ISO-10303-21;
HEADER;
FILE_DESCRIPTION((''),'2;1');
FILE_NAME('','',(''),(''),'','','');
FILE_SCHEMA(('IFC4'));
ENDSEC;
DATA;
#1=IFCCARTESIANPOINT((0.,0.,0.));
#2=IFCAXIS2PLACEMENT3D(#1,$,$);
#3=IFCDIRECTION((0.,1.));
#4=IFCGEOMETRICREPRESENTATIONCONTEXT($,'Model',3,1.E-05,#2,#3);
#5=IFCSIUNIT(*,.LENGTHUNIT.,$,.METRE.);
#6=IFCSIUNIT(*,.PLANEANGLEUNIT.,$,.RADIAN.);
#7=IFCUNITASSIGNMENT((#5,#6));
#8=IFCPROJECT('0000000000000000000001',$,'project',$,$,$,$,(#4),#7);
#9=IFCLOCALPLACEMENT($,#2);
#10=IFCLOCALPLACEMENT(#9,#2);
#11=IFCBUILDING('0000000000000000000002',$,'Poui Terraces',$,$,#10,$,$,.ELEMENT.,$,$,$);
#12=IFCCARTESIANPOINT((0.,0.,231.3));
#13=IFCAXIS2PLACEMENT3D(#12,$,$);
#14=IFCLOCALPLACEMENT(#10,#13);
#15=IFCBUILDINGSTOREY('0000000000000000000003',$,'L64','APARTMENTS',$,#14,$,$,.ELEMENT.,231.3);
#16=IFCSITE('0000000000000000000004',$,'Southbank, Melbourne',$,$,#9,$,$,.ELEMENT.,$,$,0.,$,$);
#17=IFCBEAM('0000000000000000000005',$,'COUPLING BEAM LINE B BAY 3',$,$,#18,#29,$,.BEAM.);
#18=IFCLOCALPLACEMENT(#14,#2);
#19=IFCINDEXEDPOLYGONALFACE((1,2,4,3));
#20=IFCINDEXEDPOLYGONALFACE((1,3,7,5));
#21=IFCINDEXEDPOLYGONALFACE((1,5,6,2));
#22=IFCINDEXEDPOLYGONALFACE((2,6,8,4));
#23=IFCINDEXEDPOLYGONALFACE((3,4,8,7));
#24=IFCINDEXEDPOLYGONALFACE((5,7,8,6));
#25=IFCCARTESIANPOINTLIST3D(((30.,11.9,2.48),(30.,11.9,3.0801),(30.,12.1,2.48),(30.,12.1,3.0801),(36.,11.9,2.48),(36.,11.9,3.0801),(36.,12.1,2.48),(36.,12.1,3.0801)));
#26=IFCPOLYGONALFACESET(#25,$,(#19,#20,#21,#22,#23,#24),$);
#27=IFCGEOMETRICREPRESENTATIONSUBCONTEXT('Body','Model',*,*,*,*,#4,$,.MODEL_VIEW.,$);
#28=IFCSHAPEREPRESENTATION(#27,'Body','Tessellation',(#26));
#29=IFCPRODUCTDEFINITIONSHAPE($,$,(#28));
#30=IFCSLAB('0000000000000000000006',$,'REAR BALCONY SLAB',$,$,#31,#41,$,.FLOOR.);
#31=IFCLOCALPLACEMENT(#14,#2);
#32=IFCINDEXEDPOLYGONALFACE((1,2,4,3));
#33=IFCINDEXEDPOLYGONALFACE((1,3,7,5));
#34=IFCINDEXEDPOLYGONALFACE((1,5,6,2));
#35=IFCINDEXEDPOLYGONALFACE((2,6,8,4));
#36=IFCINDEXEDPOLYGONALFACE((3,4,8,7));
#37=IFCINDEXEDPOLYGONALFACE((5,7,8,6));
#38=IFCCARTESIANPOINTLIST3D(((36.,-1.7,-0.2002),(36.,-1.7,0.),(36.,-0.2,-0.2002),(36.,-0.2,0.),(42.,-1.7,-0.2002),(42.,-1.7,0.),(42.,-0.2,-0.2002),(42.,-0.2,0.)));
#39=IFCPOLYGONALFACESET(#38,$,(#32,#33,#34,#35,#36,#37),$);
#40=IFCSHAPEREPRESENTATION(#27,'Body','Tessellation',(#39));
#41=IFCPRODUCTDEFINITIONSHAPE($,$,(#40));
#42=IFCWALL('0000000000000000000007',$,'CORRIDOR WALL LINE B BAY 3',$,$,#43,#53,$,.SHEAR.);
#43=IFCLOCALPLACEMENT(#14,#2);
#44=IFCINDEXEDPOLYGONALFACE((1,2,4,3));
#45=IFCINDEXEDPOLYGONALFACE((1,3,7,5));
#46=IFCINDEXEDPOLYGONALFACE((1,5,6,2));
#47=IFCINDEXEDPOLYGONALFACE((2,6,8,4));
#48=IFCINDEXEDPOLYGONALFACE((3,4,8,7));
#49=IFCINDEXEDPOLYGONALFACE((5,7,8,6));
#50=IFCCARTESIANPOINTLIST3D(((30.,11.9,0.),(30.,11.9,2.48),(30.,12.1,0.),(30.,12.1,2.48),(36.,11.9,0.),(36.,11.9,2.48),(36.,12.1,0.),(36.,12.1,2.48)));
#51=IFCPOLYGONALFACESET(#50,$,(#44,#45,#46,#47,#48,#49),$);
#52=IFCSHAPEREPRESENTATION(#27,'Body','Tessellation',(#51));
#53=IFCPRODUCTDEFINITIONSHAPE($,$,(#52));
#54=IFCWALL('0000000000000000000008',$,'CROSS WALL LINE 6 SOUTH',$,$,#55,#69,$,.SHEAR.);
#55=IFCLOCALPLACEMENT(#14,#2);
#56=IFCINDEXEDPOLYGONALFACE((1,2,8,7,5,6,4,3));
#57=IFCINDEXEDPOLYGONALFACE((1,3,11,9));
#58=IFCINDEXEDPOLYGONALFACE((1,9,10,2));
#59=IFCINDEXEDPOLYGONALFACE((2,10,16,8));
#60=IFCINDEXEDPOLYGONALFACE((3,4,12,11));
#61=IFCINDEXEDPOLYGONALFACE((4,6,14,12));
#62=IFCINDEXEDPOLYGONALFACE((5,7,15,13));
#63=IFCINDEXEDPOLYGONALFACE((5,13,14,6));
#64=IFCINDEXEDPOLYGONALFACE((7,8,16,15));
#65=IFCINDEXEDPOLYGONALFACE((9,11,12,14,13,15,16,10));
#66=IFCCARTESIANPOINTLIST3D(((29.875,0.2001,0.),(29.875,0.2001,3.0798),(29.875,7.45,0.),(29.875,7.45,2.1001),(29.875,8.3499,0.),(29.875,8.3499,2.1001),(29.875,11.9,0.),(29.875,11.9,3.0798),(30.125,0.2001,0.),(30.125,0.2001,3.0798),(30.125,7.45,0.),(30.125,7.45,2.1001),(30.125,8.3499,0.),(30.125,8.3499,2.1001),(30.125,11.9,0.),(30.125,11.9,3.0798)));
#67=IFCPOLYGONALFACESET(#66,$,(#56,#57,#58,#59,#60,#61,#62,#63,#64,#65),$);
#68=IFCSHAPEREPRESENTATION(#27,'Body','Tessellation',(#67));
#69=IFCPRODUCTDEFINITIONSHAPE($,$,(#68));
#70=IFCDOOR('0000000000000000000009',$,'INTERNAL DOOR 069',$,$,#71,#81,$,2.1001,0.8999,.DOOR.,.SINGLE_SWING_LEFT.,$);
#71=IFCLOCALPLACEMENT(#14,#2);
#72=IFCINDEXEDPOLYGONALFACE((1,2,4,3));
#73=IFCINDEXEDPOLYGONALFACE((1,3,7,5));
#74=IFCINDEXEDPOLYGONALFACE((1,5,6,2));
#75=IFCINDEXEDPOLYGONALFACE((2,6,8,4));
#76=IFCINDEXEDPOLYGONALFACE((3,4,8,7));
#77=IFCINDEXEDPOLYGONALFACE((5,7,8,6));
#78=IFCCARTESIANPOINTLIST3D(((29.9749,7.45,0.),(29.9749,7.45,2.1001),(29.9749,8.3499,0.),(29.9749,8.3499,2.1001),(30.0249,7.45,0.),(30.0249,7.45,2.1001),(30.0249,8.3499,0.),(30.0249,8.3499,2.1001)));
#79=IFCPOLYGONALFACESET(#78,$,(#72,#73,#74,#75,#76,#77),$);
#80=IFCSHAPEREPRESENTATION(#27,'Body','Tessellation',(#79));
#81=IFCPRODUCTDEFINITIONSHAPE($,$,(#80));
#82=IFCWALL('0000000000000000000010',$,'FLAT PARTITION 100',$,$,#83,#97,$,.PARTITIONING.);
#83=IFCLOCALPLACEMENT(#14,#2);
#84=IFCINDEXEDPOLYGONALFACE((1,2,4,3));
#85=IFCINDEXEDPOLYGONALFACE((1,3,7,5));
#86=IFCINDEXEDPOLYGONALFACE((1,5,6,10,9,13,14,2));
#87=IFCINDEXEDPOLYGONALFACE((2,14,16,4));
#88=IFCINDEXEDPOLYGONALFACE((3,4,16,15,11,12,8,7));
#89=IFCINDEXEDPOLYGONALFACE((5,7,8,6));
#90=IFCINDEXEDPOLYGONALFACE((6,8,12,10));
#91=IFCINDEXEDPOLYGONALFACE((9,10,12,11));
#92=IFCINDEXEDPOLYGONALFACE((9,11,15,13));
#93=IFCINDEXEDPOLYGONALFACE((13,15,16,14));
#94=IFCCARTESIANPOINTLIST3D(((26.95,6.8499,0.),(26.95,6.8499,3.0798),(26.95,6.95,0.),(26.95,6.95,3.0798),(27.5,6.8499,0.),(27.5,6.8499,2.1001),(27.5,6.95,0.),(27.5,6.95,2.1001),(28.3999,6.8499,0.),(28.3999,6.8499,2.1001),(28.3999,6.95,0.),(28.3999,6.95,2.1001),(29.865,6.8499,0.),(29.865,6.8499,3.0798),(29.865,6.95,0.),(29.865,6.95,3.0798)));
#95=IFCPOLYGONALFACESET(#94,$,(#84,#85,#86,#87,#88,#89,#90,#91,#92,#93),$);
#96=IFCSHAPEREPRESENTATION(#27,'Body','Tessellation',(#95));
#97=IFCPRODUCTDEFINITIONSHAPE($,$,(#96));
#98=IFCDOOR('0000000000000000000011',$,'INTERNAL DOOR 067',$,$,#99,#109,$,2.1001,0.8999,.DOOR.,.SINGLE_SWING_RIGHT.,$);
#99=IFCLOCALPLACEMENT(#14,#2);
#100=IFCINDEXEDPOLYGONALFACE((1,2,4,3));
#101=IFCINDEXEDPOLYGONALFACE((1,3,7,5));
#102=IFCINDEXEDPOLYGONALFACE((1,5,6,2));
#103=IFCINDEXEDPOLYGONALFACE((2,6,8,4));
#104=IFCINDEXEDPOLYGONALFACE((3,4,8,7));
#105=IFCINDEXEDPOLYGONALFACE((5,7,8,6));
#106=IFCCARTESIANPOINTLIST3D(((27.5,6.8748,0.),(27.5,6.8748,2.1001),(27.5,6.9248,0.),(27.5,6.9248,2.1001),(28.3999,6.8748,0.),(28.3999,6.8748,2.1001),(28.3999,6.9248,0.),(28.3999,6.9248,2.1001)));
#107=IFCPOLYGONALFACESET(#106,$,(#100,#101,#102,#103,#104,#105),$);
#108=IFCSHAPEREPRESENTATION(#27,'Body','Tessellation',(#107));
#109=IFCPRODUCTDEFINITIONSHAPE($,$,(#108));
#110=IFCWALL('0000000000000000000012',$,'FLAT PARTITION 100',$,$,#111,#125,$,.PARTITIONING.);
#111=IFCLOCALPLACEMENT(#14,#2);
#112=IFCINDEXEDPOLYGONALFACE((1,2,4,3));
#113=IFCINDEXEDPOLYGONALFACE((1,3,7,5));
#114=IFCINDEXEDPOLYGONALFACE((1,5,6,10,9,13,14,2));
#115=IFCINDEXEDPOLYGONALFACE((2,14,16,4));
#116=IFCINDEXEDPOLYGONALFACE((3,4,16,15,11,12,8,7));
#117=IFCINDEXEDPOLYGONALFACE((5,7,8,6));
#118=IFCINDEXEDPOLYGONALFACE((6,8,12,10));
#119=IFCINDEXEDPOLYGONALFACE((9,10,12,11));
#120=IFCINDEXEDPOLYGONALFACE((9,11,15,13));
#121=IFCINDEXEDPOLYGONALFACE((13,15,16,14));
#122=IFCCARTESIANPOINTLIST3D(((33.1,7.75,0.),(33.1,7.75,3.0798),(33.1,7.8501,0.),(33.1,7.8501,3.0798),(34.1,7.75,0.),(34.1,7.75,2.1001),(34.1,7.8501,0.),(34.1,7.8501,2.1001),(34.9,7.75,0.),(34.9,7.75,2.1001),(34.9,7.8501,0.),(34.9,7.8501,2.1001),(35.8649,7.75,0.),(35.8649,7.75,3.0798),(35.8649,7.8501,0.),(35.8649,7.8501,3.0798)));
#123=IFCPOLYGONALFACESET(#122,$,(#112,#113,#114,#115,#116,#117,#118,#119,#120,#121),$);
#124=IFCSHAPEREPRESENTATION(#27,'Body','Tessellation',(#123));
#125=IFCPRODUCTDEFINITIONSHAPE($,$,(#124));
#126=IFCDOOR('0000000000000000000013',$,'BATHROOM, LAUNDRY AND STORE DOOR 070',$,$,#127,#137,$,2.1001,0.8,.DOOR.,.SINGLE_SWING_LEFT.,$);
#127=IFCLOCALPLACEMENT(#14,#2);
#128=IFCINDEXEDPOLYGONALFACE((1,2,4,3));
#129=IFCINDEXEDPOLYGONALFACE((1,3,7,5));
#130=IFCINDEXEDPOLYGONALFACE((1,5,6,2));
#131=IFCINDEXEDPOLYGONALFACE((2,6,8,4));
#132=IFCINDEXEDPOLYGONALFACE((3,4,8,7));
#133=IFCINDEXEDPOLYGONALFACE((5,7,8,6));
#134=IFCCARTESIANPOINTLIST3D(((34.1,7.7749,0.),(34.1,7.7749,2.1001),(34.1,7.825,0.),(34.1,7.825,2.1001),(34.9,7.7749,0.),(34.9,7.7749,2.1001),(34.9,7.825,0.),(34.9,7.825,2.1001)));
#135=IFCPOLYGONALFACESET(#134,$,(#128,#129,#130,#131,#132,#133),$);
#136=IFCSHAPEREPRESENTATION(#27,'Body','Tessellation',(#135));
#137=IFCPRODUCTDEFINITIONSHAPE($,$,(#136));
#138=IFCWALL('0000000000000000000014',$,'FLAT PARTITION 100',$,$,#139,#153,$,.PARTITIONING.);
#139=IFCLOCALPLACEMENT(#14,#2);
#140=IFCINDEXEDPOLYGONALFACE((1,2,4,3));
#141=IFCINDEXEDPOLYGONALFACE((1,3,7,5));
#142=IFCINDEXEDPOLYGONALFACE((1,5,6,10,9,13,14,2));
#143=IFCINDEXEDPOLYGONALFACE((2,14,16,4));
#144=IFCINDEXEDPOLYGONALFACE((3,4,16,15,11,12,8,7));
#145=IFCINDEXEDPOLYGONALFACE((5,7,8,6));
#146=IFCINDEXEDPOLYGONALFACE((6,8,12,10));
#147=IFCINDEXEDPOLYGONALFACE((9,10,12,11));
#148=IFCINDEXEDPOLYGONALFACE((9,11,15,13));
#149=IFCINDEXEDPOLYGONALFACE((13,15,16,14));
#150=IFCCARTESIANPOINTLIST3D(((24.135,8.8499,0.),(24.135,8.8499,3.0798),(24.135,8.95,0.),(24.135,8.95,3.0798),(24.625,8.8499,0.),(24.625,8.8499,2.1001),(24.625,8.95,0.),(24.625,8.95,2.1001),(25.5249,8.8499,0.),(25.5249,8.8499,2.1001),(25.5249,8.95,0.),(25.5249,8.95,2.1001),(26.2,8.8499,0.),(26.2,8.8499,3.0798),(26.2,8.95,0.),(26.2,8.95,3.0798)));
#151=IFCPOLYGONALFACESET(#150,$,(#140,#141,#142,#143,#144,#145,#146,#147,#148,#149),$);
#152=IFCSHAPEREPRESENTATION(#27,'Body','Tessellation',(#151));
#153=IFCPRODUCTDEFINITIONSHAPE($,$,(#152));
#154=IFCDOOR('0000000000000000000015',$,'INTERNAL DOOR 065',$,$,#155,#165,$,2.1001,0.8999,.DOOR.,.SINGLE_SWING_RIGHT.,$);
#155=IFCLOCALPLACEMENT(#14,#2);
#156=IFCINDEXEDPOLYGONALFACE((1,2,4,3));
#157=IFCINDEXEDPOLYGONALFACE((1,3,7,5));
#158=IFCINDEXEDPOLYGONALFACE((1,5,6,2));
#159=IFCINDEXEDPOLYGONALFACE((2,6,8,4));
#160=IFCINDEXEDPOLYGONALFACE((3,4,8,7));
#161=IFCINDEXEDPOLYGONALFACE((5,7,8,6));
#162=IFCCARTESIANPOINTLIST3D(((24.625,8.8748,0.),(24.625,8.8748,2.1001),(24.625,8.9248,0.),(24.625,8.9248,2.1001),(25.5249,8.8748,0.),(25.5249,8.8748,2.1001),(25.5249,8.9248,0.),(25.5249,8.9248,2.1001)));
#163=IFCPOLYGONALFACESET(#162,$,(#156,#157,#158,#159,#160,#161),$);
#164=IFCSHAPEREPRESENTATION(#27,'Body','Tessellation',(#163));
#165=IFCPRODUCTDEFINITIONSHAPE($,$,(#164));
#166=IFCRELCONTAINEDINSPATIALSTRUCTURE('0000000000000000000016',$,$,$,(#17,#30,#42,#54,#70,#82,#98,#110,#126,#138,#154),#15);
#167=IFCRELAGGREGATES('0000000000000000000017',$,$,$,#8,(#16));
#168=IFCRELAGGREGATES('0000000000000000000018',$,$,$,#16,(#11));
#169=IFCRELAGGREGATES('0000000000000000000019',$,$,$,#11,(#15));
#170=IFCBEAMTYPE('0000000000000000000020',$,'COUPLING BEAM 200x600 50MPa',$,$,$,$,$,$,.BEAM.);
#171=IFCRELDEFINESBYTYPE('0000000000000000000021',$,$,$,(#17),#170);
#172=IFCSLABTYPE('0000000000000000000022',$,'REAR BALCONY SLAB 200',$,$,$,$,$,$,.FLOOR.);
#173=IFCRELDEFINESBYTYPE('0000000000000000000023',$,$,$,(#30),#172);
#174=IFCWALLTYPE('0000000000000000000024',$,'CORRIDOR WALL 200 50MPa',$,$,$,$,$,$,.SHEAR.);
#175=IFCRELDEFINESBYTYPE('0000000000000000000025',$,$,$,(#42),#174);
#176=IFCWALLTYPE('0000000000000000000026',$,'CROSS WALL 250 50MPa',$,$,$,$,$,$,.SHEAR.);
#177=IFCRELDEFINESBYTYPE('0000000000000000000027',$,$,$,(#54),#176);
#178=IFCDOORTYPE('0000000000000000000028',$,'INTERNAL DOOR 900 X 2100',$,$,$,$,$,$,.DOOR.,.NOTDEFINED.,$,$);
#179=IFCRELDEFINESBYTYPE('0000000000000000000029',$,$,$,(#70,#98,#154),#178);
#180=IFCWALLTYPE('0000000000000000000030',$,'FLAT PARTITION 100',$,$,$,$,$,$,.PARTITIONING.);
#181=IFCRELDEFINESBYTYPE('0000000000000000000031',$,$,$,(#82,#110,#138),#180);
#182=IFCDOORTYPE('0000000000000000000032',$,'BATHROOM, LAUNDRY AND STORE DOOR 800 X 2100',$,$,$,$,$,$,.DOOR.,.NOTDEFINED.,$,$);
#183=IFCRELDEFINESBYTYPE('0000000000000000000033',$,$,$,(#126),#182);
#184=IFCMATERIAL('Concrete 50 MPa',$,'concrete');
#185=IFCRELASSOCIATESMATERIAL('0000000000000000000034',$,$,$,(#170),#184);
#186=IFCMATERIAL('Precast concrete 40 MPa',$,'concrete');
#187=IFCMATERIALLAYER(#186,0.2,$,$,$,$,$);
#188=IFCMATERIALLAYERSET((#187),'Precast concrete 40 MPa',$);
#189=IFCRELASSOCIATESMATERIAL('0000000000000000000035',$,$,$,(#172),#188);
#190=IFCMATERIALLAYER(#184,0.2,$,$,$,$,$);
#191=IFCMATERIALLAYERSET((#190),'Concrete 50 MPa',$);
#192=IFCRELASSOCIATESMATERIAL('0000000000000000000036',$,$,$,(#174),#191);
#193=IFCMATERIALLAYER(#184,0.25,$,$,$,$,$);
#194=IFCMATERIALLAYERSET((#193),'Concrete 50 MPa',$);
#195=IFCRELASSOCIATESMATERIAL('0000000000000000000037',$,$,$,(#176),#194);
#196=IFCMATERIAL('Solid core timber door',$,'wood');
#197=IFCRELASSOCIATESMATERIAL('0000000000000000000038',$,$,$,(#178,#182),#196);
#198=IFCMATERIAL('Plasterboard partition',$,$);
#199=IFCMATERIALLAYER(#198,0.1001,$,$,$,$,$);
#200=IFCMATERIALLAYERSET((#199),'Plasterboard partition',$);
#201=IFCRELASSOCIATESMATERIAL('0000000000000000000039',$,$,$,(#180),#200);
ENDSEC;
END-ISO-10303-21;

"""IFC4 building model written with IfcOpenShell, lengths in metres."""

from ifc_helpers import new_model, si_unit, direction, frame, frame_2d, origin, origin_2d, place, context, subcontext, project, spatial, polyline, rectangle, outline, extrude, source, transform, mapped, material, layer, layer_set, material_profile, profile_set, type_object, element, fill, save


model = new_model("IFC4")

# Units and contexts
model_context = context("Model", 3, precision=1e-05, world=origin(), true_north=direction((0.0, 1.0)))
body_context = subcontext(model_context, "Body", "Model", "MODEL_VIEW")
ifc_project = project(units=[si_unit("LENGTHUNIT", "METRE"), si_unit("PLANEANGLEUNIT", "RADIAN")], contexts=[model_context])

# Site, building, storey
site_placement = place(None, origin())
site = spatial("IfcSite", under=ifc_project, at=site_placement, Name="Southbank, Melbourne", CompositionType="ELEMENT", RefElevation=0.0)
building_placement = place(site_placement, origin())
building = spatial("IfcBuilding", under=site, at=building_placement, Name="Poui Terraces", CompositionType="ELEMENT")
storey_placement = place(building_placement, frame((0.0, 0.0, 231.3)))
storey = spatial("IfcBuildingStorey", under=building, at=storey_placement, Name="L64", Description="APARTMENTS", CompositionType="ELEMENT", Elevation=231.3)

# Beam
ifc_material_1 = material(Name="Concrete 50 MPa", Category="concrete")
ifc_material_profile_1 = material_profile(ifc_material_1, rectangle(XDim=0.2, YDim=0.6001, at=origin_2d()), Name="RC 200x600")
ifc_profile_set_1 = profile_set([ifc_material_profile_1], Name="Concrete 50 MPa")
beam_type = type_object("IfcBeamType", Name="COUPLING BEAM 200x600 50MPa", PredefinedType="BEAM", material=ifc_profile_set_1)
shared_shape_1 = source(origin(), body_context, "Body", "SweptSolid", [
    extrude(rectangle(XDim=0.2, YDim=0.6001, at=origin_2d()), origin(), (0.0, 0.0, 1.0), 6.0),
])
beam_placement = place(storey_placement, frame((30.0, 12.0, 2.78), z_axis=(1.0, 0.0, 0.0), x_axis=(0.0, 1.0, 0.0)))
element("IfcBeam", 1, at=beam_placement, inside=storey, type_object=beam_type, Name="COUPLING BEAM LINE B BAY 3", PredefinedType="BEAM", context=body_context, shape_type="MappedRepresentation", body=[
    mapped(shared_shape_1, transform((0.0, 0.0, 0.0))),
])

# Slab
ifc_material_2 = material(Name="Precast concrete 40 MPa", Category="concrete")
ifc_layer_1 = layer(ifc_material_2, 0.2)
ifc_layer_set_1 = layer_set([ifc_layer_1], Name="Precast concrete 40 MPa")
slab_type = type_object("IfcSlabType", Name="REAR BALCONY SLAB 200", PredefinedType="FLOOR", material=ifc_layer_set_1)
shared_shape_2 = source(origin(), body_context, "Body", "SweptSolid", [
    extrude(outline(polyline([(0.0, 0.0), (6.0, 0.0), (6.0, 1.5), (0.0, 1.5), (0.0, 0.0)])), origin(), (0.0, 0.0, 1.0), 0.2002),
])
slab_placement = place(storey_placement, frame((36.0, -1.7, -0.2002)))
element("IfcSlab", 2, at=slab_placement, inside=storey, type_object=slab_type, Name="REAR BALCONY SLAB", PredefinedType="FLOOR", context=body_context, shape_type="MappedRepresentation", body=[
    mapped(shared_shape_2, transform((0.0, 0.0, 0.0))),
])

# Wall
ifc_layer_2 = layer(ifc_material_1, 0.2)
ifc_layer_set_2 = layer_set([ifc_layer_2], Name="Concrete 50 MPa")
wall_type_1 = type_object("IfcWallType", Name="CORRIDOR WALL 200 50MPa", PredefinedType="SHEAR", material=ifc_layer_set_2)
wall_1_placement = place(storey_placement, frame((30.0, 12.0, 0.0), z_axis=(0.0, 0.0, 1.0), x_axis=(1.0, 0.0, 0.0)))
element("IfcWall", 3, at=wall_1_placement, inside=storey, type_object=wall_type_1, Name="CORRIDOR WALL LINE B BAY 3", PredefinedType="SHEAR", context=body_context, shape_type="SweptSolid", body=[
    extrude(rectangle(XDim=6.0, YDim=0.2, at=frame_2d((3.0, 0.0))), origin(), (0.0, 0.0, 1.0), 2.48),
])

# Walls, openings, doors
ifc_layer_3 = layer(ifc_material_1, 0.25)
ifc_layer_set_3 = layer_set([ifc_layer_3], Name="Concrete 50 MPa")
wall_type_2 = type_object("IfcWallType", Name="CROSS WALL 250 50MPa", PredefinedType="SHEAR", material=ifc_layer_set_3)
wall_2_placement = place(storey_placement, frame((30.0, 0.2, 0.0), z_axis=(0.0, 0.0, 1.0), x_axis=(0.0, 1.0, 0.0)))
wall_2 = element("IfcWall", 4, at=wall_2_placement, inside=storey, type_object=wall_type_2, Name="CROSS WALL LINE 6 SOUTH", PredefinedType="SHEAR", context=body_context, shape_type="SweptSolid", body=[
    extrude(rectangle(XDim=11.7, YDim=0.25, at=frame_2d((5.8501, 0.0))), origin(), (0.0, 0.0, 1.0), 3.0798),
])
opening_1_placement = place(wall_2_placement, frame((7.25, 0.0, 0.0)))
opening_1 = element("IfcOpeningElement", 5, at=opening_1_placement, cuts=wall_2, PredefinedType="OPENING", context=body_context, shape_type="SweptSolid", body=[
    extrude(rectangle(XDim=0.8999, YDim=2.1001, at=frame_2d((0.45, 1.05))), frame((0.0, 0.135, 0.0), z_axis=(0.0, -1.0, 0.0), x_axis=(1.0, 0.0, 0.0)), (0.0, 0.0, 1.0), 0.27),
])
ifc_material_3 = material(Name="Solid core timber door", Category="wood")
door_type_1 = type_object("IfcDoorType", Name="INTERNAL DOOR 900 X 2100", OperationType="NOTDEFINED", PredefinedType="DOOR", material=ifc_material_3)
door_1_placement = place(opening_1_placement, frame((0.8999, 0.0, 0.0), z_axis=(0.0, 0.0, 1.0), x_axis=(-1.0, 0.0, 0.0)))
door_1 = element("IfcDoor", 6, at=door_1_placement, inside=storey, type_object=door_type_1, Name="INTERNAL DOOR 069", OperationType="SINGLE_SWING_LEFT", OverallHeight=2.1001, OverallWidth=0.8999, PredefinedType="DOOR", context=body_context, shape_type="SweptSolid", body=[
    extrude(rectangle(XDim=0.8999, YDim=2.1001, at=frame_2d((0.45, 1.05))), frame((0.0, 0.0249, 0.0), z_axis=(0.0, -1.0, 0.0), x_axis=(1.0, 0.0, 0.0)), (0.0, 0.0, 1.0), 0.05),
])
fill(opening_1, door_1)
ifc_material_4 = material(Name="Plasterboard partition")
ifc_layer_4 = layer(ifc_material_4, 0.1001)
ifc_layer_set_4 = layer_set([ifc_layer_4], Name="Plasterboard partition")
wall_type_3 = type_object("IfcWallType", Name="FLAT PARTITION 100", PredefinedType="PARTITIONING", material=ifc_layer_set_4)
wall_3_placement = place(storey_placement, frame((26.95, 6.8999, 0.0), z_axis=(0.0, 0.0, 1.0), x_axis=(1.0, 0.0, 0.0)))
wall_3 = element("IfcWall", 7, at=wall_3_placement, inside=storey, type_object=wall_type_3, Name="FLAT PARTITION 100", PredefinedType="PARTITIONING", context=body_context, shape_type="SweptSolid", body=[
    extrude(rectangle(XDim=2.915, YDim=0.1001, at=frame_2d((1.4575, 0.0))), origin(), (0.0, 0.0, 1.0), 3.0798),
])
opening_2_placement = place(wall_3_placement, frame((0.55, 0.0, 0.0)))
opening_2 = element("IfcOpeningElement", 8, at=opening_2_placement, cuts=wall_3, PredefinedType="OPENING", context=body_context, shape_type="SweptSolid", body=[
    extrude(rectangle(XDim=0.8999, YDim=2.1001, at=frame_2d((0.45, 1.05))), frame((0.0, 0.0601, 0.0), z_axis=(0.0, -1.0, 0.0), x_axis=(1.0, 0.0, 0.0)), (0.0, 0.0, 1.0), 0.1201),
])
door_2_placement = place(opening_2_placement, origin())
door_2 = element("IfcDoor", 9, at=door_2_placement, inside=storey, type_object=door_type_1, Name="INTERNAL DOOR 067", OperationType="SINGLE_SWING_RIGHT", OverallHeight=2.1001, OverallWidth=0.8999, PredefinedType="DOOR", context=body_context, shape_type="SweptSolid", body=[
    extrude(rectangle(XDim=0.8999, YDim=2.1001, at=frame_2d((0.45, 1.05))), frame((0.0, 0.0249, 0.0), z_axis=(0.0, -1.0, 0.0), x_axis=(1.0, 0.0, 0.0)), (0.0, 0.0, 1.0), 0.05),
])
fill(opening_2, door_2)
wall_4_placement = place(storey_placement, frame((33.1001, 7.8, 0.0), z_axis=(0.0, 0.0, 1.0), x_axis=(1.0, 0.0, 0.0)))
wall_4 = element("IfcWall", 10, at=wall_4_placement, inside=storey, type_object=wall_type_3, Name="FLAT PARTITION 100", PredefinedType="PARTITIONING", context=body_context, shape_type="SweptSolid", body=[
    extrude(rectangle(XDim=2.7649, YDim=0.1001, at=frame_2d((1.3823, 0.0))), origin(), (0.0, 0.0, 1.0), 3.0798),
])
opening_3_placement = place(wall_4_placement, frame((1.0, 0.0, 0.0)))
opening_3 = element("IfcOpeningElement", 11, at=opening_3_placement, cuts=wall_4, PredefinedType="OPENING", context=body_context, shape_type="SweptSolid", body=[
    extrude(rectangle(XDim=0.8, YDim=2.1001, at=frame_2d((0.3999, 1.05))), frame((0.0, 0.0601, 0.0), z_axis=(0.0, -1.0, 0.0), x_axis=(1.0, 0.0, 0.0)), (0.0, 0.0, 1.0), 0.1201),
])
door_type_2 = type_object("IfcDoorType", Name="BATHROOM, LAUNDRY AND STORE DOOR 800 X 2100", OperationType="NOTDEFINED", PredefinedType="DOOR", material=ifc_material_3)
door_3_placement = place(opening_3_placement, origin())
door_3 = element("IfcDoor", 12, at=door_3_placement, inside=storey, type_object=door_type_2, Name="BATHROOM, LAUNDRY AND STORE DOOR 070", OperationType="SINGLE_SWING_LEFT", OverallHeight=2.1001, OverallWidth=0.8, PredefinedType="DOOR", context=body_context, shape_type="SweptSolid", body=[
    extrude(rectangle(XDim=0.8, YDim=2.1001, at=frame_2d((0.3999, 1.05))), frame((0.0, 0.0249, 0.0), z_axis=(0.0, -1.0, 0.0), x_axis=(1.0, 0.0, 0.0)), (0.0, 0.0, 1.0), 0.05),
])
fill(opening_3, door_3)
wall_5_placement = place(storey_placement, frame((24.135, 8.8999, 0.0), z_axis=(0.0, 0.0, 1.0), x_axis=(1.0, 0.0, 0.0)))
wall_5 = element("IfcWall", 13, at=wall_5_placement, inside=storey, type_object=wall_type_3, Name="FLAT PARTITION 100", PredefinedType="PARTITIONING", context=body_context, shape_type="SweptSolid", body=[
    extrude(rectangle(XDim=2.0649, YDim=0.1001, at=frame_2d((1.0325, 0.0))), origin(), (0.0, 0.0, 1.0), 3.0798),
])
opening_4_placement = place(wall_5_placement, frame((0.49, 0.0, 0.0)))
opening_4 = element("IfcOpeningElement", 14, at=opening_4_placement, cuts=wall_5, PredefinedType="OPENING", context=body_context, shape_type="SweptSolid", body=[
    extrude(rectangle(XDim=0.8999, YDim=2.1001, at=frame_2d((0.45, 1.05))), frame((0.0, 0.0601, 0.0), z_axis=(0.0, -1.0, 0.0), x_axis=(1.0, 0.0, 0.0)), (0.0, 0.0, 1.0), 0.1201),
])
door_4_placement = place(opening_4_placement, origin())
door_4 = element("IfcDoor", 15, at=door_4_placement, inside=storey, type_object=door_type_1, Name="INTERNAL DOOR 065", OperationType="SINGLE_SWING_RIGHT", OverallHeight=2.1001, OverallWidth=0.8999, PredefinedType="DOOR", context=body_context, shape_type="SweptSolid", body=[
    extrude(rectangle(XDim=0.8999, YDim=2.1001, at=frame_2d((0.45, 1.05))), frame((0.0, 0.0249, 0.0), z_axis=(0.0, -1.0, 0.0), x_axis=(1.0, 0.0, 0.0)), (0.0, 0.0, 1.0), 0.05),
])
fill(opening_4, door_4)

save(model, "model.ifc")
